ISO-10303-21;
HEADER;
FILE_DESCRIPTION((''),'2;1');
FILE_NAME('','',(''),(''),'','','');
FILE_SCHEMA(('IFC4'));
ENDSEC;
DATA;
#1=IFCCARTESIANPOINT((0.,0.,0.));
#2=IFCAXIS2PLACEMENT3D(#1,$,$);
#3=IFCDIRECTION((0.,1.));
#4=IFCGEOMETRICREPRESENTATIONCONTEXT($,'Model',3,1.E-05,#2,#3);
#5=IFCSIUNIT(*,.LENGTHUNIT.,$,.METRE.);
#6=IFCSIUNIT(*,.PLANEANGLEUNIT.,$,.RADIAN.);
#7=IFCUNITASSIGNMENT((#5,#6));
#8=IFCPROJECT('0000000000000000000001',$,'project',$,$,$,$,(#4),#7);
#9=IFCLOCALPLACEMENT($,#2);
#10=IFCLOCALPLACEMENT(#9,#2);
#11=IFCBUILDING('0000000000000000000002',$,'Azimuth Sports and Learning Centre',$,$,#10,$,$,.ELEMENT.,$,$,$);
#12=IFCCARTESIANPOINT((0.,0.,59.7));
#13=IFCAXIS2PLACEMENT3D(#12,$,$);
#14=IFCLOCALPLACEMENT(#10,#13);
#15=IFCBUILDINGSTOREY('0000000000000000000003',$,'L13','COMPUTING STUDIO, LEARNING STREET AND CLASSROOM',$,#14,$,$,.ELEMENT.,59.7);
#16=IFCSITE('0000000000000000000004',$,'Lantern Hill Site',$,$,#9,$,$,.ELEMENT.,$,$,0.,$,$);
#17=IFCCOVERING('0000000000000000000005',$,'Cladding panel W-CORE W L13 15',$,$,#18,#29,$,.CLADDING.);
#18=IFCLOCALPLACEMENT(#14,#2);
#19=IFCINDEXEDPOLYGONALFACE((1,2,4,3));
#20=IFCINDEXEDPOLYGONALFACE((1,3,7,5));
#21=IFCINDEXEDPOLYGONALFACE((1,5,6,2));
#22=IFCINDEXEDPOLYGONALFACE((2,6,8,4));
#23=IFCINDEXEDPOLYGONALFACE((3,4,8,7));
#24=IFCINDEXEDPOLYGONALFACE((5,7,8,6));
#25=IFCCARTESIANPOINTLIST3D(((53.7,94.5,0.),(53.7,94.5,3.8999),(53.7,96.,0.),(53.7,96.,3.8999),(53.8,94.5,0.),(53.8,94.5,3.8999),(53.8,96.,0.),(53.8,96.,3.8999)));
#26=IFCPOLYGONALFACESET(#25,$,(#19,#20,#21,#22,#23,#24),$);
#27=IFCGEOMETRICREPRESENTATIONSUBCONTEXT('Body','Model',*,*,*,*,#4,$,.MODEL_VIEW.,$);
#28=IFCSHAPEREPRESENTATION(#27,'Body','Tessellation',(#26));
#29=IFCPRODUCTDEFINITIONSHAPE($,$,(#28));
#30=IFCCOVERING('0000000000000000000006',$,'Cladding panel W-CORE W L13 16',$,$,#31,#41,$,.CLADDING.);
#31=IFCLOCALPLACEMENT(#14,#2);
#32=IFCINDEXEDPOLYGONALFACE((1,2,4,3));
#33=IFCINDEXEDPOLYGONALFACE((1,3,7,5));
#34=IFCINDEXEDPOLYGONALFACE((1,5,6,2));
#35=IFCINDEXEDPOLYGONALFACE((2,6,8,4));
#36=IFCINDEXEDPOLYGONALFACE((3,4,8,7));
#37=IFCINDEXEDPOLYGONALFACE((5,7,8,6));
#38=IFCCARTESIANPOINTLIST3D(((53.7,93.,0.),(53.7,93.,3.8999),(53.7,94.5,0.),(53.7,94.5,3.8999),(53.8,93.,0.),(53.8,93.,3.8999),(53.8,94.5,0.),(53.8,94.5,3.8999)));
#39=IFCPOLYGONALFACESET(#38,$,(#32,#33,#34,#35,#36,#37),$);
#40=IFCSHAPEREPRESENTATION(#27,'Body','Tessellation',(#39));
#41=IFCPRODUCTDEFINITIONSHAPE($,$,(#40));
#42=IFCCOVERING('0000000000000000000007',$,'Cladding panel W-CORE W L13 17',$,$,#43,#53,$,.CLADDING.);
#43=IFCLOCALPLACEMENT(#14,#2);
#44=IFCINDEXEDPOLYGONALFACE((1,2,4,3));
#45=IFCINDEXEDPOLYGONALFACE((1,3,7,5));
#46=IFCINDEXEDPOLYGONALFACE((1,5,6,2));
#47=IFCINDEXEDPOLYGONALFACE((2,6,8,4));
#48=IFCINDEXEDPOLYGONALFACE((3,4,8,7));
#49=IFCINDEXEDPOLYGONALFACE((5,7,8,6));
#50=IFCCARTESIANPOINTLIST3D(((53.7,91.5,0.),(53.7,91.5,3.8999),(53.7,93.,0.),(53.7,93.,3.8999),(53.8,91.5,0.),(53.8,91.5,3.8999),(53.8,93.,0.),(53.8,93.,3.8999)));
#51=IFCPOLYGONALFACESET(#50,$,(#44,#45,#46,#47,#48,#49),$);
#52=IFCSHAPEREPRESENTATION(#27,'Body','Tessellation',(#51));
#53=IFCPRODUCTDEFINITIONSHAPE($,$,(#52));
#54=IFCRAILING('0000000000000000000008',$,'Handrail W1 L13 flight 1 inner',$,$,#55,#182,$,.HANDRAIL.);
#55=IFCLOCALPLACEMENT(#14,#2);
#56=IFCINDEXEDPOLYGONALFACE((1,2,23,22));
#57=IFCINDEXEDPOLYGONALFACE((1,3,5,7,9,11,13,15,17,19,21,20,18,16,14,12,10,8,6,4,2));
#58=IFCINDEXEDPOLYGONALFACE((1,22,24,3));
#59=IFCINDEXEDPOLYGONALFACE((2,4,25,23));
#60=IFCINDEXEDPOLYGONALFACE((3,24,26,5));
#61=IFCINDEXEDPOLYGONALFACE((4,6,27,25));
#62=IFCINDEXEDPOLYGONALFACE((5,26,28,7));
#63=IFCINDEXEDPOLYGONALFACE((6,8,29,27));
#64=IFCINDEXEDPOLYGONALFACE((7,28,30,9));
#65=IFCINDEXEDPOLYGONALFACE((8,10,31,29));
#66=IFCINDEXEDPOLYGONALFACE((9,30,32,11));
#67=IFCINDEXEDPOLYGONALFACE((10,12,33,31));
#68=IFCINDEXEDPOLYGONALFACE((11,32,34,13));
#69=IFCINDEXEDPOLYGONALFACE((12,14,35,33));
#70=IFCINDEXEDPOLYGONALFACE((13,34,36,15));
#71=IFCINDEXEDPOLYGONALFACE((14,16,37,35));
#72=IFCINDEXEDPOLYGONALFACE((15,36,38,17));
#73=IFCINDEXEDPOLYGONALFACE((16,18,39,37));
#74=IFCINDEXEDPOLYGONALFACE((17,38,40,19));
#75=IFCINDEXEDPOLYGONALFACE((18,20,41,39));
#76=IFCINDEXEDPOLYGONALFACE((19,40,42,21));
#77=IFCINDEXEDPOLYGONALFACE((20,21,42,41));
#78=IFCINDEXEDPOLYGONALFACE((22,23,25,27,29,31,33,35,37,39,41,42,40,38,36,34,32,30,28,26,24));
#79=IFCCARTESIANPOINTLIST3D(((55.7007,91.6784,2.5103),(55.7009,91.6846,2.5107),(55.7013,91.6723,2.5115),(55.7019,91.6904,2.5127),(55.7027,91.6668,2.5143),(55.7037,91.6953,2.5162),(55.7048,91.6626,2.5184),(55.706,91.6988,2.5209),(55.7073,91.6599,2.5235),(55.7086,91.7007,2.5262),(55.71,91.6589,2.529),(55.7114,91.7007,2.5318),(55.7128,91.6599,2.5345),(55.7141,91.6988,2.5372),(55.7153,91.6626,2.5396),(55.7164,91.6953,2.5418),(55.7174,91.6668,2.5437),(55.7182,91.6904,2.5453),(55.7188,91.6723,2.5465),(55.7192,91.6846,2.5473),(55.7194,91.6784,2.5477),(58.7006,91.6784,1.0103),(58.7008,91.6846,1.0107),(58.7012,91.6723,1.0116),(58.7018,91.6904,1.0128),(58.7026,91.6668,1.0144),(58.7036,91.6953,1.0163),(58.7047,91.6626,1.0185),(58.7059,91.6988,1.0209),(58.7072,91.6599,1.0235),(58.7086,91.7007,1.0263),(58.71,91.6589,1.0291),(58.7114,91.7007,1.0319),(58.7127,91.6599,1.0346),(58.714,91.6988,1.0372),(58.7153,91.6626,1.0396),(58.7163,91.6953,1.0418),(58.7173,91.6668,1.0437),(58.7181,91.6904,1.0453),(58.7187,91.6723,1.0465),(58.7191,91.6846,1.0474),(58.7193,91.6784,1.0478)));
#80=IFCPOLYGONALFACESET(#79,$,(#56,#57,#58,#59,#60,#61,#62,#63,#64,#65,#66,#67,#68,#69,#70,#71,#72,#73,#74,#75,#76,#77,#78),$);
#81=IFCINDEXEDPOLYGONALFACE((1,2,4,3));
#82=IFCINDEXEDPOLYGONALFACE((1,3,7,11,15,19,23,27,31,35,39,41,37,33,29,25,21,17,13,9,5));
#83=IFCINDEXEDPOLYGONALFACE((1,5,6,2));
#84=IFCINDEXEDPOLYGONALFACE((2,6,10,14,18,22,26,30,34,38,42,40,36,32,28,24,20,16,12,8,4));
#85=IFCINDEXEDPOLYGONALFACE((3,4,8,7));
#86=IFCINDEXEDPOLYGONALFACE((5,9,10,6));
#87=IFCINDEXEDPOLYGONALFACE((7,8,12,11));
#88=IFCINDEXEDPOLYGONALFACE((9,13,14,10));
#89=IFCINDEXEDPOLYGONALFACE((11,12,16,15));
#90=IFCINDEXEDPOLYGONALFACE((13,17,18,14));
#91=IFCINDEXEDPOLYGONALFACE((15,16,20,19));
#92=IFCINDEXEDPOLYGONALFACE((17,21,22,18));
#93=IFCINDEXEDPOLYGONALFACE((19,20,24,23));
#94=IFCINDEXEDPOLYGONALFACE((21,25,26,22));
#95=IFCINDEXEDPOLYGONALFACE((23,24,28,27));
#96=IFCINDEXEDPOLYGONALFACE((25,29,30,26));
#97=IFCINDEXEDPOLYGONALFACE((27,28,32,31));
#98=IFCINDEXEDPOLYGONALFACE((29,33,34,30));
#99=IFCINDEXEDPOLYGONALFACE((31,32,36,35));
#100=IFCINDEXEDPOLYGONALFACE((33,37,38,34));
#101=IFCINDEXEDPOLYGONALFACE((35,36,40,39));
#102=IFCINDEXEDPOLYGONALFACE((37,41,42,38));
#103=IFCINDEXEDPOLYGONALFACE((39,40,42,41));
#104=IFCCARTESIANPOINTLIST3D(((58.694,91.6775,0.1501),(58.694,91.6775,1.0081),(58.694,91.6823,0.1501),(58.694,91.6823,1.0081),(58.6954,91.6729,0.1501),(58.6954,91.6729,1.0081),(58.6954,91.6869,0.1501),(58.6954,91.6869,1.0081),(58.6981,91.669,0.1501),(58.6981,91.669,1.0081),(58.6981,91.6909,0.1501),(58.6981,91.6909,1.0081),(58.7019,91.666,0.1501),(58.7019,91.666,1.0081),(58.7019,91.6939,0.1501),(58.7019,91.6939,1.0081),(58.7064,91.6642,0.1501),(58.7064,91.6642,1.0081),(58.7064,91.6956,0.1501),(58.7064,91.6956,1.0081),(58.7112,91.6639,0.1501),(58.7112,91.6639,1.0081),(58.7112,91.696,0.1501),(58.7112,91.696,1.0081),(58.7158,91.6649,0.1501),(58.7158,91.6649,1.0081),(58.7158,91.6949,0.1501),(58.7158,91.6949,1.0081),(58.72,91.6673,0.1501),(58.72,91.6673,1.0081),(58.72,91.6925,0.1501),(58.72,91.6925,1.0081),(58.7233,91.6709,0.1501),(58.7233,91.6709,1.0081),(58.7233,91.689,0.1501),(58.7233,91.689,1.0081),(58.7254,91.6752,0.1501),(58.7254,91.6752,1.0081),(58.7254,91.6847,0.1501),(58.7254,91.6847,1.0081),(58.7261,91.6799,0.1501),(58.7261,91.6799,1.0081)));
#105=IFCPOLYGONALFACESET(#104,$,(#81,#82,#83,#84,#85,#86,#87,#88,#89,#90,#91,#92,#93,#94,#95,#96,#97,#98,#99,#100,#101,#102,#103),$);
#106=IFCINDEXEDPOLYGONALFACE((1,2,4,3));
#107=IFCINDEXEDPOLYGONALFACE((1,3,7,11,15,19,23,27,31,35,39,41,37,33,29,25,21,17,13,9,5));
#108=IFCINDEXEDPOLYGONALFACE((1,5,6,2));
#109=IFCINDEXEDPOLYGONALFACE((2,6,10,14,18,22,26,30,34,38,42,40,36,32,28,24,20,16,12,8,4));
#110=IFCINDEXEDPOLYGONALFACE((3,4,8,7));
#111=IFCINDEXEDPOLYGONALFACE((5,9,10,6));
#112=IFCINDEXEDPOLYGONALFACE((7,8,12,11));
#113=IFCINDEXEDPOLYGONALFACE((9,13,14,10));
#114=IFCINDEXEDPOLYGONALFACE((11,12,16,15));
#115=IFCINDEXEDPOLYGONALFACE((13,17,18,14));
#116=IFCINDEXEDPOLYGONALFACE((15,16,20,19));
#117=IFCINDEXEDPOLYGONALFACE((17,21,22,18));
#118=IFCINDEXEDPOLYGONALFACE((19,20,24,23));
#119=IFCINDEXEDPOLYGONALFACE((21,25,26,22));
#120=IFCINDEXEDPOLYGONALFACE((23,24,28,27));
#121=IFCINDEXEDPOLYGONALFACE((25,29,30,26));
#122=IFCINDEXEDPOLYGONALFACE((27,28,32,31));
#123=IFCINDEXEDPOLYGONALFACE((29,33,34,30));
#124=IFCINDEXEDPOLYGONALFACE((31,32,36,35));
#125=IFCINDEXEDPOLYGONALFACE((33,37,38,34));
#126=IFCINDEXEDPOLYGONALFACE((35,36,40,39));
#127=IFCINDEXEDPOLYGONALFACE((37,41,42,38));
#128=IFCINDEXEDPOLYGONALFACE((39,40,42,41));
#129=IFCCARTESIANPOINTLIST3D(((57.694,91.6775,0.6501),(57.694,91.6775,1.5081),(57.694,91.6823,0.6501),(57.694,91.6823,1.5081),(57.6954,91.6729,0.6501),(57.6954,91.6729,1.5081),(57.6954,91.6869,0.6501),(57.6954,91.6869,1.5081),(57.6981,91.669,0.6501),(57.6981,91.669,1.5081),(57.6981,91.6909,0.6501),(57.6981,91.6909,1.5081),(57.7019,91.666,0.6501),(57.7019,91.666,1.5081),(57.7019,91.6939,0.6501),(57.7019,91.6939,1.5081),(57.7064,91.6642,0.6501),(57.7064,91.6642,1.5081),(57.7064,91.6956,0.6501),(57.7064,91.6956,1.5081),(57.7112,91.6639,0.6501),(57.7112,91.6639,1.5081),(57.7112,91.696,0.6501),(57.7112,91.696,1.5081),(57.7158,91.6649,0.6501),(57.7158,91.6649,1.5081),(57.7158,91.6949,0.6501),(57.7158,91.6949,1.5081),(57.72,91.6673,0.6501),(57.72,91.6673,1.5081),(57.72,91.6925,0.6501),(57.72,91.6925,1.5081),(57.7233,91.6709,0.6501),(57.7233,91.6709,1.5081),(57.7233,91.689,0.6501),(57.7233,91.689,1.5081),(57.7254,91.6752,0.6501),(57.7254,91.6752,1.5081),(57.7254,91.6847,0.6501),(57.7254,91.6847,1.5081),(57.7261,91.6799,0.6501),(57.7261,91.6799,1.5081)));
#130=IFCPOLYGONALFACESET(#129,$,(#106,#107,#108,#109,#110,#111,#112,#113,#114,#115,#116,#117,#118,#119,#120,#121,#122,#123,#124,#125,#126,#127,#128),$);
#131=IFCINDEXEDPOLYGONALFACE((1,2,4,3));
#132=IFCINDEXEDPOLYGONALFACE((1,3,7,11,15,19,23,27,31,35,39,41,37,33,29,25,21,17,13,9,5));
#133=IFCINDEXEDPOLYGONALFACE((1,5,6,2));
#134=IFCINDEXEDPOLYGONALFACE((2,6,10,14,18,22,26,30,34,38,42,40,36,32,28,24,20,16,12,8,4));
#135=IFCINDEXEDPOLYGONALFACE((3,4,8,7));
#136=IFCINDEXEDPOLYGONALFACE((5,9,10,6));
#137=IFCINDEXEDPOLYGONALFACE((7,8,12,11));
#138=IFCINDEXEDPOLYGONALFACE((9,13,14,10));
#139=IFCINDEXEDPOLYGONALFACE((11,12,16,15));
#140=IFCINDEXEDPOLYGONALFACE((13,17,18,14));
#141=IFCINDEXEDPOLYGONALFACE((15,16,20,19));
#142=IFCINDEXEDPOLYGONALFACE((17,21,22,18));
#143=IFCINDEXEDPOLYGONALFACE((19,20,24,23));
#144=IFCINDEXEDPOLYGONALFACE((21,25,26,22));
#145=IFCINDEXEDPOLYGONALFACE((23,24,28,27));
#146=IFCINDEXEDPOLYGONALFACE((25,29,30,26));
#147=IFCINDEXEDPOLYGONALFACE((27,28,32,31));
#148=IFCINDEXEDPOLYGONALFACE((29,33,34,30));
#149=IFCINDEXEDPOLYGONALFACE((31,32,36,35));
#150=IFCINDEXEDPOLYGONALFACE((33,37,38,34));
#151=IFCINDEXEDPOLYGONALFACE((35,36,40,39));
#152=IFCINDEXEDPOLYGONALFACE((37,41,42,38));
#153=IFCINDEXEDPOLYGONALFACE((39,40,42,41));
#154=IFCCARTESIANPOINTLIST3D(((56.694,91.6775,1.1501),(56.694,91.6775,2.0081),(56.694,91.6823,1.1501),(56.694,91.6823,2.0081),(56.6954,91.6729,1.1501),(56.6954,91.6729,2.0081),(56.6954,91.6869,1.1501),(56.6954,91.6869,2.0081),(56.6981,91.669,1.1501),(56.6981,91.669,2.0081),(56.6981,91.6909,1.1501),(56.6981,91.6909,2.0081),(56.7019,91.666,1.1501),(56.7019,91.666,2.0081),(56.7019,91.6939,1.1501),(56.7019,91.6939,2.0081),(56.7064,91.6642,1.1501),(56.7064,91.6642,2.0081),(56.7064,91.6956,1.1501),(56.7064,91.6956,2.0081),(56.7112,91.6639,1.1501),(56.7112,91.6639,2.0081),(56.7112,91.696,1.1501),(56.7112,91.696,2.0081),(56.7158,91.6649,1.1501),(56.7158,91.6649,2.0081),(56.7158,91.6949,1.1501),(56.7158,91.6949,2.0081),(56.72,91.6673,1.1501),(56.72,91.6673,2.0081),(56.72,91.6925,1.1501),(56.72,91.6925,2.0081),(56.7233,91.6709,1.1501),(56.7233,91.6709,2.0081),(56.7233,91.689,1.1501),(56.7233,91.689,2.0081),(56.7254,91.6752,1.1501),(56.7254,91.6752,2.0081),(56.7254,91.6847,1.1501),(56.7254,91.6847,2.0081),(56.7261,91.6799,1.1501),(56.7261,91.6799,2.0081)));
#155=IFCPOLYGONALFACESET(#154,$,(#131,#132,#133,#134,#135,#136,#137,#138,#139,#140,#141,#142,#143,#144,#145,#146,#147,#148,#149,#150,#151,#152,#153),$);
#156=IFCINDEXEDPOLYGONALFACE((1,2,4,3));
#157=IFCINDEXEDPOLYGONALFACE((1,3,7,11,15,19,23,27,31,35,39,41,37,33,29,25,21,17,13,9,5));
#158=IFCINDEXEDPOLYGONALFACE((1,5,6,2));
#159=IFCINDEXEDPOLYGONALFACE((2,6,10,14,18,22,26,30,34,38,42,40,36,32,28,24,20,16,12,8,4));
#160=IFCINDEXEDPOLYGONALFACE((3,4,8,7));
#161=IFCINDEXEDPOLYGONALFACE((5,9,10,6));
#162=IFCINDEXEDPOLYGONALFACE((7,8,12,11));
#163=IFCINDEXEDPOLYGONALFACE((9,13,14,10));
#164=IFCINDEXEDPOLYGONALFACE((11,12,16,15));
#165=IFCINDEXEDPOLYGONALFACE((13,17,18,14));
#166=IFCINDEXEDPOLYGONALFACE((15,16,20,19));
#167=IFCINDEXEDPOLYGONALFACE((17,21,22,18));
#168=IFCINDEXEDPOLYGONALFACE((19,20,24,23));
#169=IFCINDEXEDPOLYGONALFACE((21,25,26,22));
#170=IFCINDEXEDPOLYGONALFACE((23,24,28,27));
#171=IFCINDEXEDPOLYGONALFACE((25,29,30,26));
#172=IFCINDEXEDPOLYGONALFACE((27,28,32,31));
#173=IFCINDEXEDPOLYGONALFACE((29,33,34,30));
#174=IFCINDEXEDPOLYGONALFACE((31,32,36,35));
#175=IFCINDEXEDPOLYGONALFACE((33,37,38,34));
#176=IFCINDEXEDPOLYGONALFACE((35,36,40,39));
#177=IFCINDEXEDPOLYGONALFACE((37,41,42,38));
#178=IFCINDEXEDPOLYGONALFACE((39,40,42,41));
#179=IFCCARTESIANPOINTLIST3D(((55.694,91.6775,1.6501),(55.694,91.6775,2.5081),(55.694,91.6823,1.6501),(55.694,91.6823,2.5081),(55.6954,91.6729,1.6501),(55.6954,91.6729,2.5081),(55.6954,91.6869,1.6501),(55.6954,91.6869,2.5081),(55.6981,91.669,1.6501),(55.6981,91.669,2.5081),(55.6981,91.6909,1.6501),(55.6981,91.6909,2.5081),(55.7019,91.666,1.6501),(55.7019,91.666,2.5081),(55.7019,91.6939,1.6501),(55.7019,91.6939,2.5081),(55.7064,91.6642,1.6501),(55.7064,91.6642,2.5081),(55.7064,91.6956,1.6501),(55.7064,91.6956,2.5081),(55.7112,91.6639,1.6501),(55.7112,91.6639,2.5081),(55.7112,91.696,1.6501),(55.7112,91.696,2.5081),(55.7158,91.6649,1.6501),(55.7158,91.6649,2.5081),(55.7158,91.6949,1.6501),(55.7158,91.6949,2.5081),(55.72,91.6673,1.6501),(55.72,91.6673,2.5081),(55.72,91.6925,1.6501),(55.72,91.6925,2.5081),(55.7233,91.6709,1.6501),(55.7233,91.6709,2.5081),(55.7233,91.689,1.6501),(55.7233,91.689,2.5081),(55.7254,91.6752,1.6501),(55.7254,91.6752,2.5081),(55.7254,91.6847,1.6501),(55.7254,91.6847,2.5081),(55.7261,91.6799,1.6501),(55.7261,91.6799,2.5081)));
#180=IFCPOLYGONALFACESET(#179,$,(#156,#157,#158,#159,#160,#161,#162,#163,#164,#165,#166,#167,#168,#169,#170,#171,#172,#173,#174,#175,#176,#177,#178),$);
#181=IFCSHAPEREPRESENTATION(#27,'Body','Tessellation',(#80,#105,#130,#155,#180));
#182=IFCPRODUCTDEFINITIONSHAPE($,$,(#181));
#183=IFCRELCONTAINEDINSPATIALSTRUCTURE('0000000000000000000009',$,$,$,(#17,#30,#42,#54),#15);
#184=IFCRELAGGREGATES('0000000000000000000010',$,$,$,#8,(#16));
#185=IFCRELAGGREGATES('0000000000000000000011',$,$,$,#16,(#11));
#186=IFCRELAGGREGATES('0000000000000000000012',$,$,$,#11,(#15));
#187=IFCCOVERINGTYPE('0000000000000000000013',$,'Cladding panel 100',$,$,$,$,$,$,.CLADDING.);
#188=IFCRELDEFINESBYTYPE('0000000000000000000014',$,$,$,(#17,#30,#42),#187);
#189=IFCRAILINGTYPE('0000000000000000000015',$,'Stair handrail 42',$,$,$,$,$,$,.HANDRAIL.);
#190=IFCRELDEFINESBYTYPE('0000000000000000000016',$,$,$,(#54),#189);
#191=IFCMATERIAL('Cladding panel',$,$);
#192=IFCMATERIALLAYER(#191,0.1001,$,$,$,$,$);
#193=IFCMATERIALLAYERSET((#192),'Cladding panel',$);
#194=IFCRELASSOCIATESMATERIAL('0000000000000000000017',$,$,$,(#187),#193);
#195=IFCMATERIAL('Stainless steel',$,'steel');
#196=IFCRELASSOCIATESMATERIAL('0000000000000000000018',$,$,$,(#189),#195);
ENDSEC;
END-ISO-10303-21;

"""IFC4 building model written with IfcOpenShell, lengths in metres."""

from ifc_helpers import new_model, si_unit, direction, frame, origin, origin_2d, place, context, subcontext, project, spatial, rectangle, circle, extrude, material, layer, layer_set, type_object, element, save


model = new_model("IFC4")

# Units and contexts
model_context = context("Model", 3, precision=1e-05, world=origin(), true_north=direction((0.0, 1.0)))
body_context = subcontext(model_context, "Body", "Model", "MODEL_VIEW")
ifc_project = project(units=[si_unit("LENGTHUNIT", "METRE"), si_unit("PLANEANGLEUNIT", "RADIAN")], contexts=[model_context])

# Site, building, storey
site_placement = place(None, origin())
site = spatial("IfcSite", under=ifc_project, at=site_placement, Name="Lantern Hill Site", CompositionType="ELEMENT", RefElevation=0.0)
building_placement = place(site_placement, origin())
building = spatial("IfcBuilding", under=site, at=building_placement, Name="Azimuth Sports and Learning Centre", CompositionType="ELEMENT")
storey_placement = place(building_placement, frame((0.0, 0.0, 59.7)))
storey = spatial("IfcBuildingStorey", under=building, at=storey_placement, Name="L13", Description="COMPUTING STUDIO, LEARNING STREET AND CLASSROOM", CompositionType="ELEMENT", Elevation=59.7)

# Coverings
ifc_material_1 = material(Name="Cladding panel")
ifc_layer_1 = layer(ifc_material_1, 0.1001)
ifc_layer_set_1 = layer_set([ifc_layer_1], Name="Cladding panel")
covering_type = type_object("IfcCoveringType", Name="Cladding panel 100", PredefinedType="CLADDING", material=ifc_layer_set_1)
for number, where, z_axis, x_axis, name in (
    (1, (53.75, 95.25, 0.0), (0.0, 0.0, 1.0), (0.0, -1.0, 0.0), "Cladding panel W-CORE W L13 15"),
    (2, (53.75, 93.75, 0.0), (0.0, 0.0, 1.0), (0.0, -1.0, 0.0), "Cladding panel W-CORE W L13 16"),
    (3, (53.75, 92.25, 0.0), (0.0, 0.0, 1.0), (0.0, -1.0, 0.0), "Cladding panel W-CORE W L13 17"),
):
    element("IfcCovering", number, at=place(storey_placement, frame(where, z_axis=z_axis, x_axis=x_axis)), inside=storey, type_object=covering_type, Name=name, PredefinedType="CLADDING", context=body_context, shape_type="SweptSolid", body=[
        extrude(rectangle(XDim=1.5, YDim=0.1001, at=origin_2d()), origin(), (0.0, 0.0, 1.0), 3.8999),
    ])

# Railing
ifc_material_2 = material(Name="Stainless steel", Category="steel")
railing_type_1 = type_object("IfcRailingType", Name="Stair handrail 42", PredefinedType="HANDRAIL", material=ifc_material_2)
railing_1_placement = place(storey_placement, frame((58.71, 91.6799, 0.1501)))
element("IfcRailing", 4, at=railing_1_placement, inside=storey, type_object=railing_type_1, Name="Handrail W1 L13 flight 1 inner", PredefinedType="HANDRAIL", context=body_context, shape_type="SweptSolid", body=[
    extrude(circle(Radius=0.021, at=origin_2d()), frame((0.0, 0.0, 0.8789), z_axis=(-0.894427, 0.0, 0.447214), x_axis=(0.0, -1.0, 0.0)), (0.0, 0.0, 1.0), 3.354),
    extrude(circle(Radius=0.0161, at=origin_2d()), origin(), (0.0, 0.0, 1.0), 0.8579),
    extrude(circle(Radius=0.0161, at=origin_2d()), frame((-1.0, 0.0, 0.5)), (0.0, 0.0, 1.0), 0.8579),
    extrude(circle(Radius=0.0161, at=origin_2d()), frame((-2.0, 0.0, 1.0)), (0.0, 0.0, 1.0), 0.8579),
    extrude(circle(Radius=0.0161, at=origin_2d()), frame((-3.0, 0.0, 1.5)), (0.0, 0.0, 1.0), 0.8579),
])

save(model, "model.ifc")
